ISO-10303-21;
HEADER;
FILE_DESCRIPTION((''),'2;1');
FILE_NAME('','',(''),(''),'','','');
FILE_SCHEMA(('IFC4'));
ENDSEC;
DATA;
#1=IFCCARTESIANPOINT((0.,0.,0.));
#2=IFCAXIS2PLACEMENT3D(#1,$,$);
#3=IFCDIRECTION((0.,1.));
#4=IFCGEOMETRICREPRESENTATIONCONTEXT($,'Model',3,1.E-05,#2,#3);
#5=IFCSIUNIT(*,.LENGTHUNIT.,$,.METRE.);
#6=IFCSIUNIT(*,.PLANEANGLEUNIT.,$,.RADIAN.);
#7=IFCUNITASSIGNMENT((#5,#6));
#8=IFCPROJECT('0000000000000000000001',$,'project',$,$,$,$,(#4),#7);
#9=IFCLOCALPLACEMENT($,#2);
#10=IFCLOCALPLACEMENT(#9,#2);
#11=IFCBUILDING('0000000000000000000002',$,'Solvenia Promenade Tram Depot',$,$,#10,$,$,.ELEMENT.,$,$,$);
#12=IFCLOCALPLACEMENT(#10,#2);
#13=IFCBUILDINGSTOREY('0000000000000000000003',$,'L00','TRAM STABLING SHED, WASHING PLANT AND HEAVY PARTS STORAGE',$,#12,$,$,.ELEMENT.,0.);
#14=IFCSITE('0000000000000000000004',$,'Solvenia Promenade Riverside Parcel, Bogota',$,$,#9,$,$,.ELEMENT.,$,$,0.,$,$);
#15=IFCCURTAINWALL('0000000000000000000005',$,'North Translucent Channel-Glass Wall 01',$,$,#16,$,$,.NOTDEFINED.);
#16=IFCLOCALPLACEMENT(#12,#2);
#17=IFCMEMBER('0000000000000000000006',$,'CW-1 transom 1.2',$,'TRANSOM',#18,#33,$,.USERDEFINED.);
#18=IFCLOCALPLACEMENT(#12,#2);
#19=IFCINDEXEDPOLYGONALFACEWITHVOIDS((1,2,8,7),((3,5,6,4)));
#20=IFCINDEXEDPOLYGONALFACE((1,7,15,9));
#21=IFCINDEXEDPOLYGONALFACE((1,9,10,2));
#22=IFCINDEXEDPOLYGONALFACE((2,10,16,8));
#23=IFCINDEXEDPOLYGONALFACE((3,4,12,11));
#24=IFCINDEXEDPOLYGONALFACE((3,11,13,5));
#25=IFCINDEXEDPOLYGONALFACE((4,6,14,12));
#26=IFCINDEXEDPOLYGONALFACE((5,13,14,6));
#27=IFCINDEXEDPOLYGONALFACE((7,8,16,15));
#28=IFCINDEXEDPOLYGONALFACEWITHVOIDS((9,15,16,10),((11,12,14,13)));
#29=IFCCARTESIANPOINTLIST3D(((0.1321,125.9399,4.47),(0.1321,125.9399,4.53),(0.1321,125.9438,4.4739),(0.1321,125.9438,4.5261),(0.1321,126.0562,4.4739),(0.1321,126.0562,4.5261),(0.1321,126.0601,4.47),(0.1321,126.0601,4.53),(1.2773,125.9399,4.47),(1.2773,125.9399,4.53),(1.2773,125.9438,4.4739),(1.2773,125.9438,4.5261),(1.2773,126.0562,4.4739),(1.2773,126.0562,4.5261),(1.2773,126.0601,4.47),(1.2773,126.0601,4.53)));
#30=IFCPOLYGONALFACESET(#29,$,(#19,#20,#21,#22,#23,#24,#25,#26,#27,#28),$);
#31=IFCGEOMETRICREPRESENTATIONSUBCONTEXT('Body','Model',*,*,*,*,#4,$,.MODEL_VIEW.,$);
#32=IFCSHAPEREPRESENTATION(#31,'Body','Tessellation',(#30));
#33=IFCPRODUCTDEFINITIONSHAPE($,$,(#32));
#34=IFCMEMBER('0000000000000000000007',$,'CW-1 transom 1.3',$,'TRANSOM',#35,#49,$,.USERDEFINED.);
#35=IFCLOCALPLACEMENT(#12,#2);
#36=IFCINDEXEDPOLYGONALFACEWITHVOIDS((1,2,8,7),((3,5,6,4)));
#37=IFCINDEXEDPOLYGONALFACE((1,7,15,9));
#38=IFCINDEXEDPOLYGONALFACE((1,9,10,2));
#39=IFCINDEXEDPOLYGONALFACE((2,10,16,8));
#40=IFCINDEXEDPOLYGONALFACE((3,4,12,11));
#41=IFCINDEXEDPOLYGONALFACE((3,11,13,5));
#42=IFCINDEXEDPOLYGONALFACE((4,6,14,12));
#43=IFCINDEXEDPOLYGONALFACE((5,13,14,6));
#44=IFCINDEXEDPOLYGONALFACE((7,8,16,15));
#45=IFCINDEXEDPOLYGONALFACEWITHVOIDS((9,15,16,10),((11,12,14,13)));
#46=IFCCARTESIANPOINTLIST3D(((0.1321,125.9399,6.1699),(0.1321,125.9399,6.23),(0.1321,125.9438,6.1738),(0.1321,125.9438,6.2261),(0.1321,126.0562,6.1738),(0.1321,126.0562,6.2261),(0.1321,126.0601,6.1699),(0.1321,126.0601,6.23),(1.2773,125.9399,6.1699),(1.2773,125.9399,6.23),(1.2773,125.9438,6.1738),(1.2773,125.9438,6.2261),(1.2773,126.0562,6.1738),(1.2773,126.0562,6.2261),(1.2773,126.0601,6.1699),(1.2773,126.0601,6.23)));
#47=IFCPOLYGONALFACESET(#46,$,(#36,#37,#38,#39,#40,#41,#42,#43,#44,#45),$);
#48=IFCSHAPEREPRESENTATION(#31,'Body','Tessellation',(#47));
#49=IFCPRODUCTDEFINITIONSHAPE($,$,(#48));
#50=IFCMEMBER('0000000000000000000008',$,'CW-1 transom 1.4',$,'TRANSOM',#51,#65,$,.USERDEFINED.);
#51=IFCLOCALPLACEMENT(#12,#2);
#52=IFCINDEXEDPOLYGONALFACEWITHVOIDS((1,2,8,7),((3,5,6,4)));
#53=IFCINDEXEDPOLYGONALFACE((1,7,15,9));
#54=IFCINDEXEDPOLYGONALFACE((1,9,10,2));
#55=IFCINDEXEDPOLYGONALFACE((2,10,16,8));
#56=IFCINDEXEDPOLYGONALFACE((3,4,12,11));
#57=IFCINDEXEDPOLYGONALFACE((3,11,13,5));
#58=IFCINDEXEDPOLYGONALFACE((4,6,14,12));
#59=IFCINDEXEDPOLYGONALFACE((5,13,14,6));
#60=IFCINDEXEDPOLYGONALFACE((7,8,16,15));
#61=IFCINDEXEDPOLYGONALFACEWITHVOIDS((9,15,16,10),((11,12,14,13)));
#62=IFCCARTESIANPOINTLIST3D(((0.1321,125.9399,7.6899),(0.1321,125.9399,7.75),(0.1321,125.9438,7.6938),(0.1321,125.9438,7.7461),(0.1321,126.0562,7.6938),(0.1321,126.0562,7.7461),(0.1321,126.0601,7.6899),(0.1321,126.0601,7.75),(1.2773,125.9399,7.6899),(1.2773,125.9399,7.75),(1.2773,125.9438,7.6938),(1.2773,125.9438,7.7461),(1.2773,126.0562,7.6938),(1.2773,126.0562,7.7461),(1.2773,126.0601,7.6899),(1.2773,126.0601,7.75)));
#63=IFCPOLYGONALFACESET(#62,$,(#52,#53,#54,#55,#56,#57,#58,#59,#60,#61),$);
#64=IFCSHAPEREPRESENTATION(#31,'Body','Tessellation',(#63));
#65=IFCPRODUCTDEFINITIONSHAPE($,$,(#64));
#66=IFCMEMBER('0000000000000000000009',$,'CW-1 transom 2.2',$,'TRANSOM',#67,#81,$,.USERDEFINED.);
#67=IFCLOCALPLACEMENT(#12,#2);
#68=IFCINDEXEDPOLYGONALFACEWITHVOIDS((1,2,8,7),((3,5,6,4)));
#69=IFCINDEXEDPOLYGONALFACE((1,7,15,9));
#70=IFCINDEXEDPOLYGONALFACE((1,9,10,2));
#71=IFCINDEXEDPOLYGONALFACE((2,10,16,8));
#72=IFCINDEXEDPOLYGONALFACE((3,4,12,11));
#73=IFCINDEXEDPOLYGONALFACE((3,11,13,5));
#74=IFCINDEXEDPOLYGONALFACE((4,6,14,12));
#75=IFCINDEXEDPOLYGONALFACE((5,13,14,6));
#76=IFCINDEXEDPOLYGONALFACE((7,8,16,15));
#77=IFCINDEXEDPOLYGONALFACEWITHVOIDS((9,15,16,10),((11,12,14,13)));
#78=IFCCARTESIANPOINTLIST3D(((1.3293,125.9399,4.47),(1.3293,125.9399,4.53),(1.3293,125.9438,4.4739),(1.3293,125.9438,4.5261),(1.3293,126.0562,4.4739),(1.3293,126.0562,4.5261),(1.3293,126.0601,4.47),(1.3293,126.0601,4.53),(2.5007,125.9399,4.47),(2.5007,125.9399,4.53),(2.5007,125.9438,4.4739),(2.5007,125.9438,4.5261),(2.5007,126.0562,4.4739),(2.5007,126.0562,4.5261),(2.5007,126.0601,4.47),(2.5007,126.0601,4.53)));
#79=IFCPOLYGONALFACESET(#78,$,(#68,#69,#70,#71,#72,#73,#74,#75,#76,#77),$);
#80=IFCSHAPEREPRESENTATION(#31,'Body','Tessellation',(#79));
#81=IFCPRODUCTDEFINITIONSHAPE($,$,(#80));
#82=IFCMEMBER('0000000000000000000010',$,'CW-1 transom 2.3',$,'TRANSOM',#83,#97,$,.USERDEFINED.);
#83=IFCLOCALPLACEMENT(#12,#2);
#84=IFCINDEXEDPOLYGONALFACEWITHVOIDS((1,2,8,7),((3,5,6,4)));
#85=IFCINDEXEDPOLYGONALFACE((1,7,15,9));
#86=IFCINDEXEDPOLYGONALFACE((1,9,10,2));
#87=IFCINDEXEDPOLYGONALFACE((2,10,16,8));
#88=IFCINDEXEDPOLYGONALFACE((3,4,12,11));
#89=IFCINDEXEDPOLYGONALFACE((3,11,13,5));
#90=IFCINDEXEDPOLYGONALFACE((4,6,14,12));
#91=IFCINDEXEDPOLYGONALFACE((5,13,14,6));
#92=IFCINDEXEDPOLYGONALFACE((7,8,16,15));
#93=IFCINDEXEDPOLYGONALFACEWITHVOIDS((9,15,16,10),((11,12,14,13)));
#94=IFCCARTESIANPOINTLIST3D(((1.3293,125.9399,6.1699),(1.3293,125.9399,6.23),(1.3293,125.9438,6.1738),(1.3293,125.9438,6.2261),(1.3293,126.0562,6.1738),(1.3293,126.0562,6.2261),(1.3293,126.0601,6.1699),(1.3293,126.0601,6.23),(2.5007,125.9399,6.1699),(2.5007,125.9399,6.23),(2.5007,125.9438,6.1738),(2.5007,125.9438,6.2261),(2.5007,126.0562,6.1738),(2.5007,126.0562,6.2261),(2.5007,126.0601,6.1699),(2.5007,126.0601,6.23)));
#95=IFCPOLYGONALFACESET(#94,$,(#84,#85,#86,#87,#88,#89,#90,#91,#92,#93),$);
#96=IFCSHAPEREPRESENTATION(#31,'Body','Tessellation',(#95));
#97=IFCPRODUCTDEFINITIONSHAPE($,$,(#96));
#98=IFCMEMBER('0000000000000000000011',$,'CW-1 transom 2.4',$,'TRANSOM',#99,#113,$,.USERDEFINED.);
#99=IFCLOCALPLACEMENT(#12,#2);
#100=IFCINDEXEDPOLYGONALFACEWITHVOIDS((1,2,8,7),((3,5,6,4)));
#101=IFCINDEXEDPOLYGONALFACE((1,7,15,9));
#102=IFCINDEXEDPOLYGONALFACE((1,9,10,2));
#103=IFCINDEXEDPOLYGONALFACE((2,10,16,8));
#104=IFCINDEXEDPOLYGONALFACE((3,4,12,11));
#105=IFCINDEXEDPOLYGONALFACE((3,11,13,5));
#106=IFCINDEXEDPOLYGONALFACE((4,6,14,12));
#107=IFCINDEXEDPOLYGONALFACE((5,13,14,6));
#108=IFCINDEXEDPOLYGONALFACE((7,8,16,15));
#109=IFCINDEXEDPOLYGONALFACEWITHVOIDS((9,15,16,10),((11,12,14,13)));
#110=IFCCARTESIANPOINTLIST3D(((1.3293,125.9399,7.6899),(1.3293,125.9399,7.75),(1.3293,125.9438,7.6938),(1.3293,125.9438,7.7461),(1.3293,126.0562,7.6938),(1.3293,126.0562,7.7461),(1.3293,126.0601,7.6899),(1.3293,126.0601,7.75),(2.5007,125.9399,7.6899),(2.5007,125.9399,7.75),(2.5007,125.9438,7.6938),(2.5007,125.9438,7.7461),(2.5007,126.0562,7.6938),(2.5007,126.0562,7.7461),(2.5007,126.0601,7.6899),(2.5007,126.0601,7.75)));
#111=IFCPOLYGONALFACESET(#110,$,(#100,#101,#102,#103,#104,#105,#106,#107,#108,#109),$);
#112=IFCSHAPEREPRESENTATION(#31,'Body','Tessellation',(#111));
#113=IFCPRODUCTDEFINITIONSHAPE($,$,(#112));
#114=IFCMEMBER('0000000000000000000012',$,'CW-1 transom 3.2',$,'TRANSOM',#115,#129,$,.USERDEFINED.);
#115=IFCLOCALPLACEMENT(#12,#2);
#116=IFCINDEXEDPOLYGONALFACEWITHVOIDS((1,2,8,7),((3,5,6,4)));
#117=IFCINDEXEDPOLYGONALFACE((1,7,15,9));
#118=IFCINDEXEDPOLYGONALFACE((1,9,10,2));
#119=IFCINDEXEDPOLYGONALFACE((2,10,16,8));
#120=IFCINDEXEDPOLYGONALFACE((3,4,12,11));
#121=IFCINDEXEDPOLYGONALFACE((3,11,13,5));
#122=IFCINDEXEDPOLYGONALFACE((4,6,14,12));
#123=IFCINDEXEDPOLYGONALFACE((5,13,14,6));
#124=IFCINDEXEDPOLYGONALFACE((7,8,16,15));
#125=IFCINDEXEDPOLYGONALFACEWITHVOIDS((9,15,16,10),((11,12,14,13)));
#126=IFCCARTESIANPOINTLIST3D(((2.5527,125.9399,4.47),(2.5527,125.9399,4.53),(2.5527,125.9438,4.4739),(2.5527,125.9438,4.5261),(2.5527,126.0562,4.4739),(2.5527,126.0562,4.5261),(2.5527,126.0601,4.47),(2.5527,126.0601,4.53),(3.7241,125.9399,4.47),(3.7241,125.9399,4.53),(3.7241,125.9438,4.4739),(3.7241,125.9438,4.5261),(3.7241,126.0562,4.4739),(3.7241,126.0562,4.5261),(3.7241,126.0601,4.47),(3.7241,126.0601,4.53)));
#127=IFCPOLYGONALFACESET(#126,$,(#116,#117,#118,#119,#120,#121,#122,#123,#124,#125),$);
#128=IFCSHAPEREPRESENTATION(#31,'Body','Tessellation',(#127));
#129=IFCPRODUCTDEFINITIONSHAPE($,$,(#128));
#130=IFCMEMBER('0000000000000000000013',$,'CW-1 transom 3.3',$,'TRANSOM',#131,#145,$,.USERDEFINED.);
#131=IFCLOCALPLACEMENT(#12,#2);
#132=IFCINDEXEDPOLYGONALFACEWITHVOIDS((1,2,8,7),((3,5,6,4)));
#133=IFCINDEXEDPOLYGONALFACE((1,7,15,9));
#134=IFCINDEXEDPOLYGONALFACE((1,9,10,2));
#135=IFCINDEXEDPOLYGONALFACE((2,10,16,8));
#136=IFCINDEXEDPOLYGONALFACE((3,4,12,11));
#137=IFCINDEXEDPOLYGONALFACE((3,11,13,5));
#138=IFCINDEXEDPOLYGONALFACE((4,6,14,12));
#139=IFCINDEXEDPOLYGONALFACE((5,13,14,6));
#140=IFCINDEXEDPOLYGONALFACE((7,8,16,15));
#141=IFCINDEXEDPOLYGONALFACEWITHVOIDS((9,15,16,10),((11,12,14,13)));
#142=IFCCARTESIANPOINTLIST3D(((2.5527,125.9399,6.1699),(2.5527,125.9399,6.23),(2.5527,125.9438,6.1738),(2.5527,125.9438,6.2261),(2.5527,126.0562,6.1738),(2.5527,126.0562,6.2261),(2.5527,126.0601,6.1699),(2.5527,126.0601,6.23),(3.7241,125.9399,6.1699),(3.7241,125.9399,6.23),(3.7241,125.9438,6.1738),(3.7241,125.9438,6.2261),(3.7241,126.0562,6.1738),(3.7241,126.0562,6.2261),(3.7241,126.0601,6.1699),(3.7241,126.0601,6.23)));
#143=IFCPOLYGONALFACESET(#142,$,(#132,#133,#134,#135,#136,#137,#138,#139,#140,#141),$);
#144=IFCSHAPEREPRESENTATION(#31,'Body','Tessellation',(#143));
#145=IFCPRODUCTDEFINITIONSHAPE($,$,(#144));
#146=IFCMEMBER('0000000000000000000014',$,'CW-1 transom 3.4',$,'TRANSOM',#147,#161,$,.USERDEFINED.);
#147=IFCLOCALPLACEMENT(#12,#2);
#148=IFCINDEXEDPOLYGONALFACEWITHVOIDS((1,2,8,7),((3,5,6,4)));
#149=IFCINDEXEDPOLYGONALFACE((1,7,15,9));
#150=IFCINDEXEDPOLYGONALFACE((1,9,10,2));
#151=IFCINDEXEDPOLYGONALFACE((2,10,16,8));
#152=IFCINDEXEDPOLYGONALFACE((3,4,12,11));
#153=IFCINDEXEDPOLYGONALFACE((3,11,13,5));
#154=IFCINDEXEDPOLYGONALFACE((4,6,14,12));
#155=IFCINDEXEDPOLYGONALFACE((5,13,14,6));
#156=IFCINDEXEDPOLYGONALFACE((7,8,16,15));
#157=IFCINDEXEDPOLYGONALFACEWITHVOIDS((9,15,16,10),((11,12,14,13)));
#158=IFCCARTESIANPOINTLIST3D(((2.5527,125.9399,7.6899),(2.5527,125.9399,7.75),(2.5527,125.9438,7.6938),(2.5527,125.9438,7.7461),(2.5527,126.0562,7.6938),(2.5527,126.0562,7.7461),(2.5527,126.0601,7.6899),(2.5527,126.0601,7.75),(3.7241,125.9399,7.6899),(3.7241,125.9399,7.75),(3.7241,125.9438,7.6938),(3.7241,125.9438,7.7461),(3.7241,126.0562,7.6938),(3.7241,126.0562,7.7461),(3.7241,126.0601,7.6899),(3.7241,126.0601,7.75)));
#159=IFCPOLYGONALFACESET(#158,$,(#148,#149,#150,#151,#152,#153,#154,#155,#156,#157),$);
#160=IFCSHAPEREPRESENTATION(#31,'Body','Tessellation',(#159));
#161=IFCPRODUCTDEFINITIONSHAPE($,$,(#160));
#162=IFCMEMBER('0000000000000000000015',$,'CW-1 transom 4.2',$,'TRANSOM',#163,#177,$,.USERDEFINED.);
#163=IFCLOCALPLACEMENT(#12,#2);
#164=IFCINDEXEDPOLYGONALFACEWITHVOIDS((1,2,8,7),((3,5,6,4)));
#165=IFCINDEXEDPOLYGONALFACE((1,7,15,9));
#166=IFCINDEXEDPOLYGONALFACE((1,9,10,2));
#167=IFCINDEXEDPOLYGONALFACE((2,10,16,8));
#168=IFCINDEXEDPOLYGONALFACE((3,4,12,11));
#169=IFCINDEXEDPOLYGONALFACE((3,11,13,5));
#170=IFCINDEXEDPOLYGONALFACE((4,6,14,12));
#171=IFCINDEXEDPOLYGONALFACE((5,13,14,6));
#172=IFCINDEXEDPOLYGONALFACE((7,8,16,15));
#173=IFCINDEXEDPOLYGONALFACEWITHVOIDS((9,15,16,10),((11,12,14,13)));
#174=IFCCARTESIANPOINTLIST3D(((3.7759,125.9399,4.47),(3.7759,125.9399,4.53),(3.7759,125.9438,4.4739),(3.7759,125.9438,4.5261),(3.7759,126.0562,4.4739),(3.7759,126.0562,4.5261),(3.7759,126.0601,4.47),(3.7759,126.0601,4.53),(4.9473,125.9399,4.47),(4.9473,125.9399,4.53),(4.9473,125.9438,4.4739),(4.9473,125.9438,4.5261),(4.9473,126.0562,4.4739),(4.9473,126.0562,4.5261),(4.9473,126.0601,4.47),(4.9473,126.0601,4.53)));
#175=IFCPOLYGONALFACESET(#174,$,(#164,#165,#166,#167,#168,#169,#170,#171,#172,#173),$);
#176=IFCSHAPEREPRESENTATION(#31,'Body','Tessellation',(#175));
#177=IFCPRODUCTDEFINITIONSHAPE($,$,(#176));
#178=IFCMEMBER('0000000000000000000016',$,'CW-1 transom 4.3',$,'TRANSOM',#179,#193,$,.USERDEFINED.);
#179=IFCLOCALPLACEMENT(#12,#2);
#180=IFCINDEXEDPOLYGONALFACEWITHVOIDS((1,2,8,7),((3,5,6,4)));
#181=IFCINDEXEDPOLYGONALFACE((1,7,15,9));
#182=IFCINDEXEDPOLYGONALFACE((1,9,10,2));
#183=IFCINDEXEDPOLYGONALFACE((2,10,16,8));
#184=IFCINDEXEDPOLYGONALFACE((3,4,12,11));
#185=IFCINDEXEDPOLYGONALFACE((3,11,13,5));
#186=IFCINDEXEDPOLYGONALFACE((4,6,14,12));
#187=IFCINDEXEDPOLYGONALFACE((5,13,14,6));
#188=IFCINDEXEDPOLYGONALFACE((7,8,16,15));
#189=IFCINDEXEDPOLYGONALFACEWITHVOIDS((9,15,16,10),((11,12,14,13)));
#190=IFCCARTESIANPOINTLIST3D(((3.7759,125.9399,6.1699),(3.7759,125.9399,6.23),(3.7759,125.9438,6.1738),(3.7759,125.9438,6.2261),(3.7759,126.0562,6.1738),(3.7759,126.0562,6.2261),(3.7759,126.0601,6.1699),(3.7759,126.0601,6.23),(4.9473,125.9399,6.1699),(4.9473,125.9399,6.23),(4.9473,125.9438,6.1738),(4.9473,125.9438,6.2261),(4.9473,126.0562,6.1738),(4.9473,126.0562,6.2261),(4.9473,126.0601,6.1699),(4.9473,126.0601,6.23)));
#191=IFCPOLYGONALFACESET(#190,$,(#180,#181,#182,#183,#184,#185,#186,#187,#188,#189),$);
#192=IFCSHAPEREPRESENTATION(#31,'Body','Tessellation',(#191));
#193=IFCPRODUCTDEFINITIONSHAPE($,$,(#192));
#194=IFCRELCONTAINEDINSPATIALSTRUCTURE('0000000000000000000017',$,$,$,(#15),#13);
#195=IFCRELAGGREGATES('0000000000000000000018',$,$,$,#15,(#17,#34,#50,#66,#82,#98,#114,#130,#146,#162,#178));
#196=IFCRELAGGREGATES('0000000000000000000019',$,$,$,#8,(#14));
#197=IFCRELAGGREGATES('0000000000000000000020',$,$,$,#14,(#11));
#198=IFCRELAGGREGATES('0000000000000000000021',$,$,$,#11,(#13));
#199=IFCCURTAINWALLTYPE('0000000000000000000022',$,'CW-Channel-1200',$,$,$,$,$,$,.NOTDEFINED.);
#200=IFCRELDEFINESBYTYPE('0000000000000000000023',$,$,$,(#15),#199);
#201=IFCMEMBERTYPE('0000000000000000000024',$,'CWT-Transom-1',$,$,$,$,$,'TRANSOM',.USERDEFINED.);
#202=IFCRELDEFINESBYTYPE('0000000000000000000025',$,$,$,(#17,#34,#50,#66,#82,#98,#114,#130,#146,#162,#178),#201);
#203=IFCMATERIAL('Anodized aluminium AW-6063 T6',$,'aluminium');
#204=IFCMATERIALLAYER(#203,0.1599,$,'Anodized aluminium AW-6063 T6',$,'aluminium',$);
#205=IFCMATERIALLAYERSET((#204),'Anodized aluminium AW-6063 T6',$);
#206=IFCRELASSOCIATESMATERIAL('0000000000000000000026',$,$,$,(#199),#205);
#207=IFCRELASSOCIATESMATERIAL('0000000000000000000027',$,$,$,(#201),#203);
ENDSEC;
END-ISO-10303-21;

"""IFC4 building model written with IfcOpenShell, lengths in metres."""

from ifc_helpers import new_model, si_unit, direction, frame, origin, origin_2d, place, context, subcontext, project, spatial, hollow_rectangle, extrude, material, layer, layer_set, material_profile, profile_set, type_object, element, aggregate, save


model = new_model("IFC4")

# Units and contexts
model_context = context("Model", 3, precision=1e-05, world=origin(), true_north=direction((0.0, 1.0)))
body_context = subcontext(model_context, "Body", "Model", "MODEL_VIEW")
ifc_project = project(units=[si_unit("LENGTHUNIT", "METRE"), si_unit("PLANEANGLEUNIT", "RADIAN")], contexts=[model_context])

# Site, building, storey
site_placement = place(None, origin())
site = spatial("IfcSite", under=ifc_project, at=site_placement, Name="Solvenia Promenade Riverside Parcel, Bogota", CompositionType="ELEMENT", RefElevation=0.0)
building_placement = place(site_placement, origin())
building = spatial("IfcBuilding", under=site, at=building_placement, Name="Solvenia Promenade Tram Depot", CompositionType="ELEMENT")
storey_placement = place(building_placement, origin())
storey = spatial("IfcBuildingStorey", under=building, at=storey_placement, Name="L00", Description="TRAM STABLING SHED, WASHING PLANT AND HEAVY PARTS STORAGE", CompositionType="ELEMENT", Elevation=0.0)

# Curtain wall, members
ifc_material_1 = material(Name="Anodized aluminium AW-6063 T6", Category="aluminium")
ifc_layer_1 = layer(ifc_material_1, 0.1599, Name="Anodized aluminium AW-6063 T6", Category="aluminium")
ifc_layer_set_1 = layer_set([ifc_layer_1], Name="Anodized aluminium AW-6063 T6")
curtain_wall_type = type_object("IfcCurtainWallType", Name="CW-Channel-1200", PredefinedType="NOTDEFINED", material=ifc_layer_set_1)
curtain_wall_1_placement = place(storey_placement, origin())
curtain_wall_1 = element("IfcCurtainWall", 1, at=curtain_wall_1_placement, inside=storey, type_object=curtain_wall_type, Name="North Translucent Channel-Glass Wall 01", PredefinedType="NOTDEFINED")
ifc_material_profile = material_profile(ifc_material_1, hollow_rectangle(XDim=0.1201, YDim=0.0601, WallThickness=0.0039, at=origin_2d()), Name="ALU-T1", Category="aluminium")
ifc_profile_set = profile_set([ifc_material_profile], Name="Anodized aluminium AW-6063 T6")
member_type = type_object("IfcMemberType", Name="CWT-Transom-1", ElementType="TRANSOM", PredefinedType="USERDEFINED", material=ifc_profile_set)
member_1_placement = place(storey_placement, frame((0.1321, 126.0, 4.5), z_axis=(1.0, 0.0, 0.0), x_axis=(0.0, 1.0, 0.0)))
member_1 = element("IfcMember", 2, at=member_1_placement, type_object=member_type, Name="CW-1 transom 1.2", ObjectType="TRANSOM", PredefinedType="USERDEFINED", context=body_context, shape_type="SweptSolid", body=[
    extrude(hollow_rectangle(XDim=0.1201, YDim=0.0601, WallThickness=0.0039, at=origin_2d()), origin(), (0.0, 0.0, 1.0), 1.1453),
])
member_2_placement = place(storey_placement, frame((0.1321, 126.0, 6.2), z_axis=(1.0, 0.0, 0.0), x_axis=(0.0, 1.0, 0.0)))
member_2 = element("IfcMember", 3, at=member_2_placement, type_object=member_type, Name="CW-1 transom 1.3", ObjectType="TRANSOM", PredefinedType="USERDEFINED", context=body_context, shape_type="SweptSolid", body=[
    extrude(hollow_rectangle(XDim=0.1201, YDim=0.0601, WallThickness=0.0039, at=origin_2d()), origin(), (0.0, 0.0, 1.0), 1.1453),
])
member_3_placement = place(storey_placement, frame((0.1321, 126.0, 7.72), z_axis=(1.0, 0.0, 0.0), x_axis=(0.0, 1.0, 0.0)))
member_3 = element("IfcMember", 4, at=member_3_placement, type_object=member_type, Name="CW-1 transom 1.4", ObjectType="TRANSOM", PredefinedType="USERDEFINED", context=body_context, shape_type="SweptSolid", body=[
    extrude(hollow_rectangle(XDim=0.1201, YDim=0.0601, WallThickness=0.0039, at=origin_2d()), origin(), (0.0, 0.0, 1.0), 1.1453),
])
member_4_placement = place(storey_placement, frame((1.3293, 126.0, 4.5), z_axis=(1.0, 0.0, 0.0), x_axis=(0.0, 1.0, 0.0)))
member_4 = element("IfcMember", 5, at=member_4_placement, type_object=member_type, Name="CW-1 transom 2.2", ObjectType="TRANSOM", PredefinedType="USERDEFINED", context=body_context, shape_type="SweptSolid", body=[
    extrude(hollow_rectangle(XDim=0.1201, YDim=0.0601, WallThickness=0.0039, at=origin_2d()), origin(), (0.0, 0.0, 1.0), 1.1714),
])
member_5_placement = place(storey_placement, frame((1.3293, 126.0, 6.2), z_axis=(1.0, 0.0, 0.0), x_axis=(0.0, 1.0, 0.0)))
member_5 = element("IfcMember", 6, at=member_5_placement, type_object=member_type, Name="CW-1 transom 2.3", ObjectType="TRANSOM", PredefinedType="USERDEFINED", context=body_context, shape_type="SweptSolid", body=[
    extrude(hollow_rectangle(XDim=0.1201, YDim=0.0601, WallThickness=0.0039, at=origin_2d()), origin(), (0.0, 0.0, 1.0), 1.1714),
])
member_6_placement = place(storey_placement, frame((1.3293, 126.0, 7.72), z_axis=(1.0, 0.0, 0.0), x_axis=(0.0, 1.0, 0.0)))
member_6 = element("IfcMember", 7, at=member_6_placement, type_object=member_type, Name="CW-1 transom 2.4", ObjectType="TRANSOM", PredefinedType="USERDEFINED", context=body_context, shape_type="SweptSolid", body=[
    extrude(hollow_rectangle(XDim=0.1201, YDim=0.0601, WallThickness=0.0039, at=origin_2d()), origin(), (0.0, 0.0, 1.0), 1.1714),
])
member_7_placement = place(storey_placement, frame((2.5527, 126.0, 4.5), z_axis=(1.0, 0.0, 0.0), x_axis=(0.0, 1.0, 0.0)))
member_7 = element("IfcMember", 8, at=member_7_placement, type_object=member_type, Name="CW-1 transom 3.2", ObjectType="TRANSOM", PredefinedType="USERDEFINED", context=body_context, shape_type="SweptSolid", body=[
    extrude(hollow_rectangle(XDim=0.1201, YDim=0.0601, WallThickness=0.0039, at=origin_2d()), origin(), (0.0, 0.0, 1.0), 1.1714),
])
member_8_placement = place(storey_placement, frame((2.5527, 126.0, 6.2), z_axis=(1.0, 0.0, 0.0), x_axis=(0.0, 1.0, 0.0)))
member_8 = element("IfcMember", 9, at=member_8_placement, type_object=member_type, Name="CW-1 transom 3.3", ObjectType="TRANSOM", PredefinedType="USERDEFINED", context=body_context, shape_type="SweptSolid", body=[
    extrude(hollow_rectangle(XDim=0.1201, YDim=0.0601, WallThickness=0.0039, at=origin_2d()), origin(), (0.0, 0.0, 1.0), 1.1714),
])
member_9_placement = place(storey_placement, frame((2.5527, 126.0, 7.72), z_axis=(1.0, 0.0, 0.0), x_axis=(0.0, 1.0, 0.0)))
member_9 = element("IfcMember", 10, at=member_9_placement, type_object=member_type, Name="CW-1 transom 3.4", ObjectType="TRANSOM", PredefinedType="USERDEFINED", context=body_context, shape_type="SweptSolid", body=[
    extrude(hollow_rectangle(XDim=0.1201, YDim=0.0601, WallThickness=0.0039, at=origin_2d()), origin(), (0.0, 0.0, 1.0), 1.1714),
])
member_10_placement = place(storey_placement, frame((3.7759, 126.0, 4.5), z_axis=(1.0, 0.0, 0.0), x_axis=(0.0, 1.0, 0.0)))
member_10 = element("IfcMember", 11, at=member_10_placement, type_object=member_type, Name="CW-1 transom 4.2", ObjectType="TRANSOM", PredefinedType="USERDEFINED", context=body_context, shape_type="SweptSolid", body=[
    extrude(hollow_rectangle(XDim=0.1201, YDim=0.0601, WallThickness=0.0039, at=origin_2d()), origin(), (0.0, 0.0, 1.0), 1.1714),
])
member_11_placement = place(storey_placement, frame((3.7759, 126.0, 6.2), z_axis=(1.0, 0.0, 0.0), x_axis=(0.0, 1.0, 0.0)))
member_11 = element("IfcMember", 12, at=member_11_placement, type_object=member_type, Name="CW-1 transom 4.3", ObjectType="TRANSOM", PredefinedType="USERDEFINED", context=body_context, shape_type="SweptSolid", body=[
    extrude(hollow_rectangle(XDim=0.1201, YDim=0.0601, WallThickness=0.0039, at=origin_2d()), origin(), (0.0, 0.0, 1.0), 1.1714),
])

aggregate(curtain_wall_1, [member_1, member_2, member_3, member_4, member_5, member_6, member_7, member_8, member_9, member_10, member_11])

save(model, "model.ifc")
